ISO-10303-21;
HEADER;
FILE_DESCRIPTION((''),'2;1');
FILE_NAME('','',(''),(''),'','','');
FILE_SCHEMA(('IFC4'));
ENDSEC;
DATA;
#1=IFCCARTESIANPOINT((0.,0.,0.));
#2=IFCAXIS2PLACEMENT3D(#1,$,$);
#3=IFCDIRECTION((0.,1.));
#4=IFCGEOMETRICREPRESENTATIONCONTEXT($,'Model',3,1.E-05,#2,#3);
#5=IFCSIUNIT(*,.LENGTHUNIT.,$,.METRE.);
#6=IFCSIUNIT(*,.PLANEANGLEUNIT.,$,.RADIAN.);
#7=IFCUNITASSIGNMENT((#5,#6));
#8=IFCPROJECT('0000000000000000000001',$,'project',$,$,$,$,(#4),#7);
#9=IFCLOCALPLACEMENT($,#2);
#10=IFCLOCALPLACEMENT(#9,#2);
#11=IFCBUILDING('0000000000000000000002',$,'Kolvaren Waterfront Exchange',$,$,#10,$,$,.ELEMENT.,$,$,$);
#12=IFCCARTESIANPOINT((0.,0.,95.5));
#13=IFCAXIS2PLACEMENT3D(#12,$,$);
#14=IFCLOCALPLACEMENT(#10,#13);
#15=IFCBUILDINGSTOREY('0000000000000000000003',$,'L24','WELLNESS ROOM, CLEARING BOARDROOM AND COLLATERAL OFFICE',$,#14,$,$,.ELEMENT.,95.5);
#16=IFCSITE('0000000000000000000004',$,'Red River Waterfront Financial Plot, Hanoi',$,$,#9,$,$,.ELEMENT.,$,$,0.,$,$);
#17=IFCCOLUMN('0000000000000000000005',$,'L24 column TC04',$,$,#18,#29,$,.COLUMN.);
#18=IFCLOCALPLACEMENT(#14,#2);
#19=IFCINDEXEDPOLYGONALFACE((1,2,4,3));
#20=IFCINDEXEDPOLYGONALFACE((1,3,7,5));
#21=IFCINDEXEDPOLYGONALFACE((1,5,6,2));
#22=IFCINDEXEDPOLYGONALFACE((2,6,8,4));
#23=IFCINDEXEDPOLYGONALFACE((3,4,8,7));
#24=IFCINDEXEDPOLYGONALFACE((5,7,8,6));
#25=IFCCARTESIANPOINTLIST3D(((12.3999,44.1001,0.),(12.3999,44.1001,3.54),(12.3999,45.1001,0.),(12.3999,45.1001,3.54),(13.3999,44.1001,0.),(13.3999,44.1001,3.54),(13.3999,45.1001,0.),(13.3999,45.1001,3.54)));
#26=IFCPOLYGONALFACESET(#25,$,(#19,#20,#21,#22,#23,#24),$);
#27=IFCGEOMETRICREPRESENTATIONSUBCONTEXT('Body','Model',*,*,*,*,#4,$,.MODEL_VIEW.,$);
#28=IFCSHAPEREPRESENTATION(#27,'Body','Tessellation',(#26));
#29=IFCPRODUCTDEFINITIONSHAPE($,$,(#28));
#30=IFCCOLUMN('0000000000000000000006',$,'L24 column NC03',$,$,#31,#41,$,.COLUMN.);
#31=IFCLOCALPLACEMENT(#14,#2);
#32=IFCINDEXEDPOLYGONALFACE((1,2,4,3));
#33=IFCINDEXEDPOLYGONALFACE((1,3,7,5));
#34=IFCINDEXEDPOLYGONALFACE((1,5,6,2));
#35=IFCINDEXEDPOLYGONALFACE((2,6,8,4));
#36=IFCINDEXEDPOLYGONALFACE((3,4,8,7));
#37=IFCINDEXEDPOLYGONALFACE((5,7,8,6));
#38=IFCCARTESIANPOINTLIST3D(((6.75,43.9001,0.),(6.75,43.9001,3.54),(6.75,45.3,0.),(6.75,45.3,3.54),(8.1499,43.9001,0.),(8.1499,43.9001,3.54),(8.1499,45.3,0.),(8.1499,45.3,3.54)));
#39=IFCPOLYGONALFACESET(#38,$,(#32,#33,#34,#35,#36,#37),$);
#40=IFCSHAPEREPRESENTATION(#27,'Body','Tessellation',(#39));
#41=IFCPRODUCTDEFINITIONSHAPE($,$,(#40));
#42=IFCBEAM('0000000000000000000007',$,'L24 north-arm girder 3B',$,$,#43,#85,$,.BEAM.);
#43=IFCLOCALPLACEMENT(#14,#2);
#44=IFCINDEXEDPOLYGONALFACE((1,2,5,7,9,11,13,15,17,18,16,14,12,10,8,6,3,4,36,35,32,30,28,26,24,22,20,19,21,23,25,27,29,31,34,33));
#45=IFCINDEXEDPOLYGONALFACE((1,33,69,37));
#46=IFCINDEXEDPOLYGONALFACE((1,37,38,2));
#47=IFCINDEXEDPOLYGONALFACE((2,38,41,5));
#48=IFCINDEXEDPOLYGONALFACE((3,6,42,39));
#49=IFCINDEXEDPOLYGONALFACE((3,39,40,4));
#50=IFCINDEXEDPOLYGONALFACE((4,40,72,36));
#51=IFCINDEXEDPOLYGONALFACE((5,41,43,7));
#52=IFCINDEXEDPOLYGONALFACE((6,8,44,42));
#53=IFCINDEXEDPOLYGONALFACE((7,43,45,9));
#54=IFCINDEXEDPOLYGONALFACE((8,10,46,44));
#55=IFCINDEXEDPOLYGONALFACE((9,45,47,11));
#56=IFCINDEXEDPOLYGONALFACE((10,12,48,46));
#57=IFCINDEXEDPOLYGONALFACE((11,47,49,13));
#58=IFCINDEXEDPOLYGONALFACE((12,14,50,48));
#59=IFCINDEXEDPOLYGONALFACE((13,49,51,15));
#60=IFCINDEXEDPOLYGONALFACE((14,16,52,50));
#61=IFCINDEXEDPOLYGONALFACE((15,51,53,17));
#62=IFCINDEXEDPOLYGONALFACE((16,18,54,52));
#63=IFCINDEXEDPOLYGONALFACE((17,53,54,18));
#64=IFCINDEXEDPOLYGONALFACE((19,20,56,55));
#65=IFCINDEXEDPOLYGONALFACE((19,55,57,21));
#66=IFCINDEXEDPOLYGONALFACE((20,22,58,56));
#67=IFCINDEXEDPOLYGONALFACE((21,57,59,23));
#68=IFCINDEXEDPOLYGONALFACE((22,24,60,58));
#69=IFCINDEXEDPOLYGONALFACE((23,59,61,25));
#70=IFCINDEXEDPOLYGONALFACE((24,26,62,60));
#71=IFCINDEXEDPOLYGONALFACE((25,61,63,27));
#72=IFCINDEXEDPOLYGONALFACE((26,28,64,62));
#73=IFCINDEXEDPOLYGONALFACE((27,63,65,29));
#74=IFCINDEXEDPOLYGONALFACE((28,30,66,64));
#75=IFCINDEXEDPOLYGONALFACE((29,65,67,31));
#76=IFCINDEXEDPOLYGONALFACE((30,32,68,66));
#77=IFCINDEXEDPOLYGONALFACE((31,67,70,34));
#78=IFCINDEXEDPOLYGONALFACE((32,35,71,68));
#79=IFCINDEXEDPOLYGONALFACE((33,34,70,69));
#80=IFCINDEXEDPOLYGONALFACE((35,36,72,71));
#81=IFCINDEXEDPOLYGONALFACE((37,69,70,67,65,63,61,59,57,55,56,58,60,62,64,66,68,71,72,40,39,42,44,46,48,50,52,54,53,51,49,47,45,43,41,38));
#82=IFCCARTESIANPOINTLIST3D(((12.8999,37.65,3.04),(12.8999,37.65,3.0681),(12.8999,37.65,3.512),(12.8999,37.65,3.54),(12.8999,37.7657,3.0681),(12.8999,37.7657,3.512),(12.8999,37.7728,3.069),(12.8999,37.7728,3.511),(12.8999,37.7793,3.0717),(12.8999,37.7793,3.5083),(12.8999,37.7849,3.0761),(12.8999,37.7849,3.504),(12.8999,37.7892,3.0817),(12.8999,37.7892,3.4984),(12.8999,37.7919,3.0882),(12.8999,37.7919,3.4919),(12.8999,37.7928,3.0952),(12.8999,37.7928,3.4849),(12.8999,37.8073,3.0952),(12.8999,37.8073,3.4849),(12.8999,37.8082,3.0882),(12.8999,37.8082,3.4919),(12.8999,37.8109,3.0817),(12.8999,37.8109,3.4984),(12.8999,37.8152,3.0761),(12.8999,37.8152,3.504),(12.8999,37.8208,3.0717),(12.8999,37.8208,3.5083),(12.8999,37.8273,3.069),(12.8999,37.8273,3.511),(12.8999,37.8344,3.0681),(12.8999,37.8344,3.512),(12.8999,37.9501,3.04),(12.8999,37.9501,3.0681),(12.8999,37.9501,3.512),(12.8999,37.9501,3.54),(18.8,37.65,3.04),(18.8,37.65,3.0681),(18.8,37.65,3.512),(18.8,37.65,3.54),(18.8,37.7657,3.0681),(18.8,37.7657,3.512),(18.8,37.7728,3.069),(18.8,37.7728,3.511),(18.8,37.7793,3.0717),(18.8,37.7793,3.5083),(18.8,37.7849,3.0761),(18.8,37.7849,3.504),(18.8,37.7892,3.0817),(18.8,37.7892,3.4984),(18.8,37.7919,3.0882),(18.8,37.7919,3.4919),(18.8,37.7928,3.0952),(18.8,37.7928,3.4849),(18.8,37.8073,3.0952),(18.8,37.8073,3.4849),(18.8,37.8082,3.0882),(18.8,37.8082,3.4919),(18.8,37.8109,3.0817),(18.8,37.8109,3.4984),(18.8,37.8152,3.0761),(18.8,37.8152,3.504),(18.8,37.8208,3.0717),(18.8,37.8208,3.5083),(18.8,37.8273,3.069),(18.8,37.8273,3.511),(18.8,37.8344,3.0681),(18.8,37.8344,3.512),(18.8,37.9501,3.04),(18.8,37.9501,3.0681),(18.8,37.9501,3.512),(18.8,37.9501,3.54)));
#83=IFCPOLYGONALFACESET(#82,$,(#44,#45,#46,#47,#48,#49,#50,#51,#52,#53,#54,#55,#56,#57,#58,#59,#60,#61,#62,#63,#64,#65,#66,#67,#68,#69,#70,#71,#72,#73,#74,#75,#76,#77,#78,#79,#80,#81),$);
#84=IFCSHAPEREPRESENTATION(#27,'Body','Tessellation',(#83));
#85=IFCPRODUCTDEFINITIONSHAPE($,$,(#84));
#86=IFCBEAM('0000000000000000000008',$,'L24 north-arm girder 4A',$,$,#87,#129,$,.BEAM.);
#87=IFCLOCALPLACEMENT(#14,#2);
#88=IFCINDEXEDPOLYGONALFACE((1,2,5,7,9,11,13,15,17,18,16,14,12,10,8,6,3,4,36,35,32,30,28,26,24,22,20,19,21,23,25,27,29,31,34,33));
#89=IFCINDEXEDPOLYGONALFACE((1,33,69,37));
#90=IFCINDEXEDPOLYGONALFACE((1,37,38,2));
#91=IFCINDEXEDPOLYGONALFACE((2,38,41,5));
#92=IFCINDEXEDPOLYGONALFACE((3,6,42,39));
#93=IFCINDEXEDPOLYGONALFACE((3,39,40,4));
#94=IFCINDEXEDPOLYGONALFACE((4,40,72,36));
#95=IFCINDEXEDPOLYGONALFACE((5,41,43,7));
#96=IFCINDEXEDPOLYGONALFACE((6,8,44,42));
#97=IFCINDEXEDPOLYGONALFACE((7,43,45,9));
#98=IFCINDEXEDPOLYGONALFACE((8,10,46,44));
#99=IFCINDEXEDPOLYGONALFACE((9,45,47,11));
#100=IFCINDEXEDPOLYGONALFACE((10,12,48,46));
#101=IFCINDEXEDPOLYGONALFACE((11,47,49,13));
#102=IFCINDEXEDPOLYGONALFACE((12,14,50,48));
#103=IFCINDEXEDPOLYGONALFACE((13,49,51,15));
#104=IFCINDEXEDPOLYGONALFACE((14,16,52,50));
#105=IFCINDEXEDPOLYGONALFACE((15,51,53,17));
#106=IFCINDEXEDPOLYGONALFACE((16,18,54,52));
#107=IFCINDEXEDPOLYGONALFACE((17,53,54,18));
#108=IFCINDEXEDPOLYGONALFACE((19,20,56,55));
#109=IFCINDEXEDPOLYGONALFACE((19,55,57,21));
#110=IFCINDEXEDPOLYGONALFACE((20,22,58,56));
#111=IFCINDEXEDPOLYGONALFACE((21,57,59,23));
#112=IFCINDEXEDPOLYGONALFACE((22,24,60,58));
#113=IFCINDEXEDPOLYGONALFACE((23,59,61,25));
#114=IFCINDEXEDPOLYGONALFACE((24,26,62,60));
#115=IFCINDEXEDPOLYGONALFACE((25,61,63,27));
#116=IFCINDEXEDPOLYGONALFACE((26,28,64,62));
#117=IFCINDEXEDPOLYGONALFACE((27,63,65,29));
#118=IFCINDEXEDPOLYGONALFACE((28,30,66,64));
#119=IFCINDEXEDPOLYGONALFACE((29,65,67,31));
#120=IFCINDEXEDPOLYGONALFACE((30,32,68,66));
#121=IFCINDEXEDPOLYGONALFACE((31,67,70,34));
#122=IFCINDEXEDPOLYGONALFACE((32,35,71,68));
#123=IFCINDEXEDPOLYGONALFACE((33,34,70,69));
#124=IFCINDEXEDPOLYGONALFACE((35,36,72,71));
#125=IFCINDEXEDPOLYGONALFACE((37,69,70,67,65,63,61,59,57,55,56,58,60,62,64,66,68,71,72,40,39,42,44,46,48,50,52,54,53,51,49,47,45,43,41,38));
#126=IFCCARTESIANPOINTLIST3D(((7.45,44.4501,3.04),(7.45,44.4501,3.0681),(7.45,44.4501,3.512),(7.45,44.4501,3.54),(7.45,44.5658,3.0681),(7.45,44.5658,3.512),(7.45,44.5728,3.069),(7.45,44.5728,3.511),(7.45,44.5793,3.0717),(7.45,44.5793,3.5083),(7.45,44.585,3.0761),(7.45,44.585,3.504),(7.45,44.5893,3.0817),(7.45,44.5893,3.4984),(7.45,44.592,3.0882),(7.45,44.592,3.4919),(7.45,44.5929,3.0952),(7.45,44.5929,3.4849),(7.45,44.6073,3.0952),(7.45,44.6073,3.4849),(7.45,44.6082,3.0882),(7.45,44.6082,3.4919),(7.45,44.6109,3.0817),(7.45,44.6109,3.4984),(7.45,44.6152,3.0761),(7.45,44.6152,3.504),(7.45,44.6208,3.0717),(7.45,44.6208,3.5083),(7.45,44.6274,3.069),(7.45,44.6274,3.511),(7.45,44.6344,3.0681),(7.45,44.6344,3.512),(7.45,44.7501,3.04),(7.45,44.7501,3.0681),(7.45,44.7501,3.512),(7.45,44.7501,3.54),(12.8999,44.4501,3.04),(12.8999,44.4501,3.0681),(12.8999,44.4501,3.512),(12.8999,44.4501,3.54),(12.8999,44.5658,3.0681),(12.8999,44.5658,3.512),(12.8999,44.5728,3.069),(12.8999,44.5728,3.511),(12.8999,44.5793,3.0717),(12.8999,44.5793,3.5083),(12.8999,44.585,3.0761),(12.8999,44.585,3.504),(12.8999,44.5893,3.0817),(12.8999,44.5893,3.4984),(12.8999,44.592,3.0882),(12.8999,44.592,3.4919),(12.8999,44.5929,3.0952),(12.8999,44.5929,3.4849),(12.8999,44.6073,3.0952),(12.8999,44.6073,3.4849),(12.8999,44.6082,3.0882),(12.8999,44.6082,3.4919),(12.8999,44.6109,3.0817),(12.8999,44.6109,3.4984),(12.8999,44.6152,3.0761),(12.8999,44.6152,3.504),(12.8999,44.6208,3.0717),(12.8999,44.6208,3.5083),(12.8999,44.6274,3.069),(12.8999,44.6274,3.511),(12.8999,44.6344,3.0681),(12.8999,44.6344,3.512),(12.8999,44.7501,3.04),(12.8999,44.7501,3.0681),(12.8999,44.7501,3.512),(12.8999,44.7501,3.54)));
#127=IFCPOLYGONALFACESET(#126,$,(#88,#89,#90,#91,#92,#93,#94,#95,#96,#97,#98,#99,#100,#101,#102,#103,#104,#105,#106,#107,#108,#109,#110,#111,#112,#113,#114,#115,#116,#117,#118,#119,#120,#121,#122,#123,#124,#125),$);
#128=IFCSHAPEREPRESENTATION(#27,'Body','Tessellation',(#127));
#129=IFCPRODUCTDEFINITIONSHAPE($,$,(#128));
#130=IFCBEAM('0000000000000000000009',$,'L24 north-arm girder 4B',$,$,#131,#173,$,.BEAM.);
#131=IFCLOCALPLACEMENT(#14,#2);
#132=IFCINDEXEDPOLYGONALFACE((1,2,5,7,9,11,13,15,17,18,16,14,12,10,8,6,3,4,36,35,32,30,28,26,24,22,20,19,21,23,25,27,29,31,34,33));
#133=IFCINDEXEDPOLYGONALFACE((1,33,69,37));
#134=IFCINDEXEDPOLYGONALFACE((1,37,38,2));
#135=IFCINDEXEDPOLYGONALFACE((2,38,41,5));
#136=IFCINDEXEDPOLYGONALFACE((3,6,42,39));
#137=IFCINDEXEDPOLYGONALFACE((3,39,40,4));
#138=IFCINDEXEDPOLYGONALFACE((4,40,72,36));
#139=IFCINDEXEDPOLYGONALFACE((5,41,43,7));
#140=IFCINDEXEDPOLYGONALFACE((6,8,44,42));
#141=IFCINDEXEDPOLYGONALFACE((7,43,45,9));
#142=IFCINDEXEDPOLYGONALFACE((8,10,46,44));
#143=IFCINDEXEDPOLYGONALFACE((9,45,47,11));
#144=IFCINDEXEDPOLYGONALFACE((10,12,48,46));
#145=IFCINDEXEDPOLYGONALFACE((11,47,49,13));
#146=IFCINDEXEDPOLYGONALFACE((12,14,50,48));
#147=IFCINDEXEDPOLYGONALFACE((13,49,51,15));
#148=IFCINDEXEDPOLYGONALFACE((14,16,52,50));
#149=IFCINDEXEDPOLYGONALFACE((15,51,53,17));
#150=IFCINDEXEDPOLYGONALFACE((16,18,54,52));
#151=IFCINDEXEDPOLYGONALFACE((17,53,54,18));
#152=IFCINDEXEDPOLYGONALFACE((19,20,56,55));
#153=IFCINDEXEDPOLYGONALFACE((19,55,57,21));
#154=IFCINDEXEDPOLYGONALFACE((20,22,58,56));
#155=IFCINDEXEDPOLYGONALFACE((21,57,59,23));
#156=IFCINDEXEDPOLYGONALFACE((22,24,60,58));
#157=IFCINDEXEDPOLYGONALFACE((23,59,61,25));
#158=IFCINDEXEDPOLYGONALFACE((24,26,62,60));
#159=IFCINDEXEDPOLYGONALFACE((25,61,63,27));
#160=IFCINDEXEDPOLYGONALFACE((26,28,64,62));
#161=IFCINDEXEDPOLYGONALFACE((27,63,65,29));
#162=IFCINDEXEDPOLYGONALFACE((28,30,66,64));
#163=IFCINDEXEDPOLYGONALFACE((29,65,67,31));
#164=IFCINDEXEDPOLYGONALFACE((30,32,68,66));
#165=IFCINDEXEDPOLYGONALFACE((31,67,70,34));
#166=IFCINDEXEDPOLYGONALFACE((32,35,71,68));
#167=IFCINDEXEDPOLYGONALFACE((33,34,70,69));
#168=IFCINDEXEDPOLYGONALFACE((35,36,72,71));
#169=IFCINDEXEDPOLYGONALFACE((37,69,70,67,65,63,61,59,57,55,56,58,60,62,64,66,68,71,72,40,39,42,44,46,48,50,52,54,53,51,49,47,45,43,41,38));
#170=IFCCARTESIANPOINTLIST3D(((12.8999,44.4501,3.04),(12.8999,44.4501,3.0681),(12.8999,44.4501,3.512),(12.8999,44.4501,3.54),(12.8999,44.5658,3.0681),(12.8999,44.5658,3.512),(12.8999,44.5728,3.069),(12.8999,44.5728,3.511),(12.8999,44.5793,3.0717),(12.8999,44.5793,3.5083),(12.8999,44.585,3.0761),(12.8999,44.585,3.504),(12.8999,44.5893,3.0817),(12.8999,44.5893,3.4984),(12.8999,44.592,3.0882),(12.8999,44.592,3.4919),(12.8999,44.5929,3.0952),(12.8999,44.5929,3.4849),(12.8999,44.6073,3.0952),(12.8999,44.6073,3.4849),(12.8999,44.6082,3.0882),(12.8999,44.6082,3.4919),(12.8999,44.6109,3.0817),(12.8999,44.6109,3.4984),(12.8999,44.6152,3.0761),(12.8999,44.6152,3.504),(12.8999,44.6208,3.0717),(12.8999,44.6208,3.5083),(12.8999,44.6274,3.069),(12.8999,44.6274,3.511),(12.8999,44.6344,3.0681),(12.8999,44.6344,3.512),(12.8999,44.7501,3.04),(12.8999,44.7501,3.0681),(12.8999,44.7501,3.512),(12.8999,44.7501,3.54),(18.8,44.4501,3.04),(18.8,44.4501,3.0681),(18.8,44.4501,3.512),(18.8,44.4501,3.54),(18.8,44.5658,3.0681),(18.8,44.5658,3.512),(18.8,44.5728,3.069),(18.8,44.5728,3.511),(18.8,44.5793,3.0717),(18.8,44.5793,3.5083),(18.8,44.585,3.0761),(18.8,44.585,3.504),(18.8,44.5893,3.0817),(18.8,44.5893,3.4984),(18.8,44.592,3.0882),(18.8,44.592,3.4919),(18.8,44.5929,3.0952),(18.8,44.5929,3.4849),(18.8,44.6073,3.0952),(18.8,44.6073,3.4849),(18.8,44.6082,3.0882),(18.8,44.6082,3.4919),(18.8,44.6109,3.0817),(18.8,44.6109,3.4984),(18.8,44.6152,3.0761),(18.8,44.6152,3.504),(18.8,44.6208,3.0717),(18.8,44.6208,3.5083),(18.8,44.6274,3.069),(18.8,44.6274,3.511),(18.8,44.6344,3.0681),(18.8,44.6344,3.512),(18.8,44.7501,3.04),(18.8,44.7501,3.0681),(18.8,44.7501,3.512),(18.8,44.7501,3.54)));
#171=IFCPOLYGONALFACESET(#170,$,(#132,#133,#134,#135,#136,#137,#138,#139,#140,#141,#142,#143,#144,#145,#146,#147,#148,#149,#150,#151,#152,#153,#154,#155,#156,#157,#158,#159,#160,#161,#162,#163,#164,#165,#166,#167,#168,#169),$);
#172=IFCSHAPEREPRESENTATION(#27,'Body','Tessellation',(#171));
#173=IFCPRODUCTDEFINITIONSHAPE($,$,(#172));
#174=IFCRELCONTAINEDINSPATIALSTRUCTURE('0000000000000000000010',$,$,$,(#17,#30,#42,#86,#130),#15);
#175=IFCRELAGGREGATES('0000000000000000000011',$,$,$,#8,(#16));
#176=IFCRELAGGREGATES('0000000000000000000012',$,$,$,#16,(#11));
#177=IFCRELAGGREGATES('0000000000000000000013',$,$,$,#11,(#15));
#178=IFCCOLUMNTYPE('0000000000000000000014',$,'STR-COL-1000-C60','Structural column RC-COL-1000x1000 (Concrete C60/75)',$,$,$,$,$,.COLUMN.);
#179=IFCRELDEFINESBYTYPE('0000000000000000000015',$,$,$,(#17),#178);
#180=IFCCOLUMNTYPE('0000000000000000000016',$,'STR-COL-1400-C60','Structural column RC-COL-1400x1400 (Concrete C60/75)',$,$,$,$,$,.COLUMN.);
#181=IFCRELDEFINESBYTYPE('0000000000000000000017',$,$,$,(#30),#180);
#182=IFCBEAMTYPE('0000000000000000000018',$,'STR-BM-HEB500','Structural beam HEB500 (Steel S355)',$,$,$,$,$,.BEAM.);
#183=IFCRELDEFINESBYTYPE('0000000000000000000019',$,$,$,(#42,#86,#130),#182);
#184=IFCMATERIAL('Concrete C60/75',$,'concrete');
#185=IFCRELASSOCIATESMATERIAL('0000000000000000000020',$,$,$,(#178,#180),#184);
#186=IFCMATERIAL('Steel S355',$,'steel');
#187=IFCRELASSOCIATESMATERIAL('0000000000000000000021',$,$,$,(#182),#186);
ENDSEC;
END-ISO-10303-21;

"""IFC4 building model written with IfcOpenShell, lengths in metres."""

from ifc_helpers import new_model, si_unit, direction, frame, origin, origin_2d, place, context, subcontext, project, spatial, rectangle, i_section, extrude, material, material_profile, profile_set, type_object, element, save


model = new_model("IFC4")

# Units and contexts
model_context = context("Model", 3, precision=1e-05, world=origin(), true_north=direction((0.0, 1.0)))
body_context = subcontext(model_context, "Body", "Model", "MODEL_VIEW")
ifc_project = project(units=[si_unit("LENGTHUNIT", "METRE"), si_unit("PLANEANGLEUNIT", "RADIAN")], contexts=[model_context])

# Site, building, storey
site_placement = place(None, origin())
site = spatial("IfcSite", under=ifc_project, at=site_placement, Name="Red River Waterfront Financial Plot, Hanoi", CompositionType="ELEMENT", RefElevation=0.0)
building_placement = place(site_placement, origin())
building = spatial("IfcBuilding", under=site, at=building_placement, Name="Kolvaren Waterfront Exchange", CompositionType="ELEMENT")
storey_placement = place(building_placement, frame((0.0, 0.0, 95.5)))
storey = spatial("IfcBuildingStorey", under=building, at=storey_placement, Name="L24", Description="WELLNESS ROOM, CLEARING BOARDROOM AND COLLATERAL OFFICE", CompositionType="ELEMENT", Elevation=95.5)

# Columns
ifc_material_1 = material(Name="Concrete C60/75", Category="concrete")
ifc_material_profile_1 = material_profile(ifc_material_1, rectangle(XDim=1.0, YDim=1.0, at=origin_2d()), Name="RC-COL-1000x1000")
ifc_profile_set_1 = profile_set([ifc_material_profile_1], Name="Concrete C60/75")
column_type_1 = type_object("IfcColumnType", Name="STR-COL-1000-C60", Description="Structural column RC-COL-1000x1000 (Concrete C60/75)", PredefinedType="COLUMN", material=ifc_profile_set_1)
column_1_placement = place(storey_placement, frame((12.8999, 44.6001, 0.0), z_axis=(0.0, 0.0, 1.0), x_axis=(1.0, 0.0, 0.0)))
element("IfcColumn", 1, at=column_1_placement, inside=storey, type_object=column_type_1, Name="L24 column TC04", PredefinedType="COLUMN", context=body_context, shape_type="SweptSolid", body=[
    extrude(rectangle(XDim=1.0, YDim=1.0, at=origin_2d()), origin(), (0.0, 0.0, 1.0), 3.54),
])
ifc_material_profile_2 = material_profile(ifc_material_1, rectangle(XDim=1.3999, YDim=1.3999, at=origin_2d()), Name="RC-COL-1400x1400")
ifc_profile_set_2 = profile_set([ifc_material_profile_2], Name="Concrete C60/75")
column_type_2 = type_object("IfcColumnType", Name="STR-COL-1400-C60", Description="Structural column RC-COL-1400x1400 (Concrete C60/75)", PredefinedType="COLUMN", material=ifc_profile_set_2)
column_2_placement = place(storey_placement, frame((7.45, 44.6001, 0.0), z_axis=(0.0, 0.0, 1.0), x_axis=(1.0, 0.0, 0.0)))
element("IfcColumn", 2, at=column_2_placement, inside=storey, type_object=column_type_2, Name="L24 column NC03", PredefinedType="COLUMN", context=body_context, shape_type="SweptSolid", body=[
    extrude(rectangle(XDim=1.3999, YDim=1.3999, at=origin_2d()), origin(), (0.0, 0.0, 1.0), 3.54),
])

# Beams
ifc_material_2 = material(Name="Steel S355", Category="steel")
ifc_material_profile_3 = material_profile(ifc_material_2, i_section(OverallWidth=0.3, OverallDepth=0.5, WebThickness=0.0144, FlangeThickness=0.0281, FilletRadius=0.0271, at=origin_2d()), Name="HEB500")
ifc_profile_set_3 = profile_set([ifc_material_profile_3], Name="Steel S355")
beam_type_1 = type_object("IfcBeamType", Name="STR-BM-HEB500", Description="Structural beam HEB500 (Steel S355)", PredefinedType="BEAM", material=ifc_profile_set_3)
beam_1_placement = place(storey_placement, frame((12.8999, 37.8, 3.29), z_axis=(1.0, 0.0, 0.0), x_axis=(0.0, 1.0, 0.0)))
element("IfcBeam", 3, at=beam_1_placement, inside=storey, type_object=beam_type_1, Name="L24 north-arm girder 3B", PredefinedType="BEAM", context=body_context, shape_type="SweptSolid", body=[
    extrude(i_section(OverallWidth=0.3, OverallDepth=0.5, WebThickness=0.0144, FlangeThickness=0.0281, FilletRadius=0.0271, at=origin_2d()), origin(), (0.0, 0.0, 1.0), 5.9001),
])
beam_2_placement = place(storey_placement, frame((7.45, 44.6001, 3.29), z_axis=(1.0, 0.0, 0.0), x_axis=(0.0, 1.0, 0.0)))
element("IfcBeam", 4, at=beam_2_placement, inside=storey, type_object=beam_type_1, Name="L24 north-arm girder 4A", PredefinedType="BEAM", context=body_context, shape_type="SweptSolid", body=[
    extrude(i_section(OverallWidth=0.3, OverallDepth=0.5, WebThickness=0.0144, FlangeThickness=0.0281, FilletRadius=0.0271, at=origin_2d()), origin(), (0.0, 0.0, 1.0), 5.45),
])
beam_3_placement = place(storey_placement, frame((12.8999, 44.6001, 3.29), z_axis=(1.0, 0.0, 0.0), x_axis=(0.0, 1.0, 0.0)))
element("IfcBeam", 5, at=beam_3_placement, inside=storey, type_object=beam_type_1, Name="L24 north-arm girder 4B", PredefinedType="BEAM", context=body_context, shape_type="SweptSolid", body=[
    extrude(i_section(OverallWidth=0.3, OverallDepth=0.5, WebThickness=0.0144, FlangeThickness=0.0281, FilletRadius=0.0271, at=origin_2d()), origin(), (0.0, 0.0, 1.0), 5.9001),
])

save(model, "model.ifc")
